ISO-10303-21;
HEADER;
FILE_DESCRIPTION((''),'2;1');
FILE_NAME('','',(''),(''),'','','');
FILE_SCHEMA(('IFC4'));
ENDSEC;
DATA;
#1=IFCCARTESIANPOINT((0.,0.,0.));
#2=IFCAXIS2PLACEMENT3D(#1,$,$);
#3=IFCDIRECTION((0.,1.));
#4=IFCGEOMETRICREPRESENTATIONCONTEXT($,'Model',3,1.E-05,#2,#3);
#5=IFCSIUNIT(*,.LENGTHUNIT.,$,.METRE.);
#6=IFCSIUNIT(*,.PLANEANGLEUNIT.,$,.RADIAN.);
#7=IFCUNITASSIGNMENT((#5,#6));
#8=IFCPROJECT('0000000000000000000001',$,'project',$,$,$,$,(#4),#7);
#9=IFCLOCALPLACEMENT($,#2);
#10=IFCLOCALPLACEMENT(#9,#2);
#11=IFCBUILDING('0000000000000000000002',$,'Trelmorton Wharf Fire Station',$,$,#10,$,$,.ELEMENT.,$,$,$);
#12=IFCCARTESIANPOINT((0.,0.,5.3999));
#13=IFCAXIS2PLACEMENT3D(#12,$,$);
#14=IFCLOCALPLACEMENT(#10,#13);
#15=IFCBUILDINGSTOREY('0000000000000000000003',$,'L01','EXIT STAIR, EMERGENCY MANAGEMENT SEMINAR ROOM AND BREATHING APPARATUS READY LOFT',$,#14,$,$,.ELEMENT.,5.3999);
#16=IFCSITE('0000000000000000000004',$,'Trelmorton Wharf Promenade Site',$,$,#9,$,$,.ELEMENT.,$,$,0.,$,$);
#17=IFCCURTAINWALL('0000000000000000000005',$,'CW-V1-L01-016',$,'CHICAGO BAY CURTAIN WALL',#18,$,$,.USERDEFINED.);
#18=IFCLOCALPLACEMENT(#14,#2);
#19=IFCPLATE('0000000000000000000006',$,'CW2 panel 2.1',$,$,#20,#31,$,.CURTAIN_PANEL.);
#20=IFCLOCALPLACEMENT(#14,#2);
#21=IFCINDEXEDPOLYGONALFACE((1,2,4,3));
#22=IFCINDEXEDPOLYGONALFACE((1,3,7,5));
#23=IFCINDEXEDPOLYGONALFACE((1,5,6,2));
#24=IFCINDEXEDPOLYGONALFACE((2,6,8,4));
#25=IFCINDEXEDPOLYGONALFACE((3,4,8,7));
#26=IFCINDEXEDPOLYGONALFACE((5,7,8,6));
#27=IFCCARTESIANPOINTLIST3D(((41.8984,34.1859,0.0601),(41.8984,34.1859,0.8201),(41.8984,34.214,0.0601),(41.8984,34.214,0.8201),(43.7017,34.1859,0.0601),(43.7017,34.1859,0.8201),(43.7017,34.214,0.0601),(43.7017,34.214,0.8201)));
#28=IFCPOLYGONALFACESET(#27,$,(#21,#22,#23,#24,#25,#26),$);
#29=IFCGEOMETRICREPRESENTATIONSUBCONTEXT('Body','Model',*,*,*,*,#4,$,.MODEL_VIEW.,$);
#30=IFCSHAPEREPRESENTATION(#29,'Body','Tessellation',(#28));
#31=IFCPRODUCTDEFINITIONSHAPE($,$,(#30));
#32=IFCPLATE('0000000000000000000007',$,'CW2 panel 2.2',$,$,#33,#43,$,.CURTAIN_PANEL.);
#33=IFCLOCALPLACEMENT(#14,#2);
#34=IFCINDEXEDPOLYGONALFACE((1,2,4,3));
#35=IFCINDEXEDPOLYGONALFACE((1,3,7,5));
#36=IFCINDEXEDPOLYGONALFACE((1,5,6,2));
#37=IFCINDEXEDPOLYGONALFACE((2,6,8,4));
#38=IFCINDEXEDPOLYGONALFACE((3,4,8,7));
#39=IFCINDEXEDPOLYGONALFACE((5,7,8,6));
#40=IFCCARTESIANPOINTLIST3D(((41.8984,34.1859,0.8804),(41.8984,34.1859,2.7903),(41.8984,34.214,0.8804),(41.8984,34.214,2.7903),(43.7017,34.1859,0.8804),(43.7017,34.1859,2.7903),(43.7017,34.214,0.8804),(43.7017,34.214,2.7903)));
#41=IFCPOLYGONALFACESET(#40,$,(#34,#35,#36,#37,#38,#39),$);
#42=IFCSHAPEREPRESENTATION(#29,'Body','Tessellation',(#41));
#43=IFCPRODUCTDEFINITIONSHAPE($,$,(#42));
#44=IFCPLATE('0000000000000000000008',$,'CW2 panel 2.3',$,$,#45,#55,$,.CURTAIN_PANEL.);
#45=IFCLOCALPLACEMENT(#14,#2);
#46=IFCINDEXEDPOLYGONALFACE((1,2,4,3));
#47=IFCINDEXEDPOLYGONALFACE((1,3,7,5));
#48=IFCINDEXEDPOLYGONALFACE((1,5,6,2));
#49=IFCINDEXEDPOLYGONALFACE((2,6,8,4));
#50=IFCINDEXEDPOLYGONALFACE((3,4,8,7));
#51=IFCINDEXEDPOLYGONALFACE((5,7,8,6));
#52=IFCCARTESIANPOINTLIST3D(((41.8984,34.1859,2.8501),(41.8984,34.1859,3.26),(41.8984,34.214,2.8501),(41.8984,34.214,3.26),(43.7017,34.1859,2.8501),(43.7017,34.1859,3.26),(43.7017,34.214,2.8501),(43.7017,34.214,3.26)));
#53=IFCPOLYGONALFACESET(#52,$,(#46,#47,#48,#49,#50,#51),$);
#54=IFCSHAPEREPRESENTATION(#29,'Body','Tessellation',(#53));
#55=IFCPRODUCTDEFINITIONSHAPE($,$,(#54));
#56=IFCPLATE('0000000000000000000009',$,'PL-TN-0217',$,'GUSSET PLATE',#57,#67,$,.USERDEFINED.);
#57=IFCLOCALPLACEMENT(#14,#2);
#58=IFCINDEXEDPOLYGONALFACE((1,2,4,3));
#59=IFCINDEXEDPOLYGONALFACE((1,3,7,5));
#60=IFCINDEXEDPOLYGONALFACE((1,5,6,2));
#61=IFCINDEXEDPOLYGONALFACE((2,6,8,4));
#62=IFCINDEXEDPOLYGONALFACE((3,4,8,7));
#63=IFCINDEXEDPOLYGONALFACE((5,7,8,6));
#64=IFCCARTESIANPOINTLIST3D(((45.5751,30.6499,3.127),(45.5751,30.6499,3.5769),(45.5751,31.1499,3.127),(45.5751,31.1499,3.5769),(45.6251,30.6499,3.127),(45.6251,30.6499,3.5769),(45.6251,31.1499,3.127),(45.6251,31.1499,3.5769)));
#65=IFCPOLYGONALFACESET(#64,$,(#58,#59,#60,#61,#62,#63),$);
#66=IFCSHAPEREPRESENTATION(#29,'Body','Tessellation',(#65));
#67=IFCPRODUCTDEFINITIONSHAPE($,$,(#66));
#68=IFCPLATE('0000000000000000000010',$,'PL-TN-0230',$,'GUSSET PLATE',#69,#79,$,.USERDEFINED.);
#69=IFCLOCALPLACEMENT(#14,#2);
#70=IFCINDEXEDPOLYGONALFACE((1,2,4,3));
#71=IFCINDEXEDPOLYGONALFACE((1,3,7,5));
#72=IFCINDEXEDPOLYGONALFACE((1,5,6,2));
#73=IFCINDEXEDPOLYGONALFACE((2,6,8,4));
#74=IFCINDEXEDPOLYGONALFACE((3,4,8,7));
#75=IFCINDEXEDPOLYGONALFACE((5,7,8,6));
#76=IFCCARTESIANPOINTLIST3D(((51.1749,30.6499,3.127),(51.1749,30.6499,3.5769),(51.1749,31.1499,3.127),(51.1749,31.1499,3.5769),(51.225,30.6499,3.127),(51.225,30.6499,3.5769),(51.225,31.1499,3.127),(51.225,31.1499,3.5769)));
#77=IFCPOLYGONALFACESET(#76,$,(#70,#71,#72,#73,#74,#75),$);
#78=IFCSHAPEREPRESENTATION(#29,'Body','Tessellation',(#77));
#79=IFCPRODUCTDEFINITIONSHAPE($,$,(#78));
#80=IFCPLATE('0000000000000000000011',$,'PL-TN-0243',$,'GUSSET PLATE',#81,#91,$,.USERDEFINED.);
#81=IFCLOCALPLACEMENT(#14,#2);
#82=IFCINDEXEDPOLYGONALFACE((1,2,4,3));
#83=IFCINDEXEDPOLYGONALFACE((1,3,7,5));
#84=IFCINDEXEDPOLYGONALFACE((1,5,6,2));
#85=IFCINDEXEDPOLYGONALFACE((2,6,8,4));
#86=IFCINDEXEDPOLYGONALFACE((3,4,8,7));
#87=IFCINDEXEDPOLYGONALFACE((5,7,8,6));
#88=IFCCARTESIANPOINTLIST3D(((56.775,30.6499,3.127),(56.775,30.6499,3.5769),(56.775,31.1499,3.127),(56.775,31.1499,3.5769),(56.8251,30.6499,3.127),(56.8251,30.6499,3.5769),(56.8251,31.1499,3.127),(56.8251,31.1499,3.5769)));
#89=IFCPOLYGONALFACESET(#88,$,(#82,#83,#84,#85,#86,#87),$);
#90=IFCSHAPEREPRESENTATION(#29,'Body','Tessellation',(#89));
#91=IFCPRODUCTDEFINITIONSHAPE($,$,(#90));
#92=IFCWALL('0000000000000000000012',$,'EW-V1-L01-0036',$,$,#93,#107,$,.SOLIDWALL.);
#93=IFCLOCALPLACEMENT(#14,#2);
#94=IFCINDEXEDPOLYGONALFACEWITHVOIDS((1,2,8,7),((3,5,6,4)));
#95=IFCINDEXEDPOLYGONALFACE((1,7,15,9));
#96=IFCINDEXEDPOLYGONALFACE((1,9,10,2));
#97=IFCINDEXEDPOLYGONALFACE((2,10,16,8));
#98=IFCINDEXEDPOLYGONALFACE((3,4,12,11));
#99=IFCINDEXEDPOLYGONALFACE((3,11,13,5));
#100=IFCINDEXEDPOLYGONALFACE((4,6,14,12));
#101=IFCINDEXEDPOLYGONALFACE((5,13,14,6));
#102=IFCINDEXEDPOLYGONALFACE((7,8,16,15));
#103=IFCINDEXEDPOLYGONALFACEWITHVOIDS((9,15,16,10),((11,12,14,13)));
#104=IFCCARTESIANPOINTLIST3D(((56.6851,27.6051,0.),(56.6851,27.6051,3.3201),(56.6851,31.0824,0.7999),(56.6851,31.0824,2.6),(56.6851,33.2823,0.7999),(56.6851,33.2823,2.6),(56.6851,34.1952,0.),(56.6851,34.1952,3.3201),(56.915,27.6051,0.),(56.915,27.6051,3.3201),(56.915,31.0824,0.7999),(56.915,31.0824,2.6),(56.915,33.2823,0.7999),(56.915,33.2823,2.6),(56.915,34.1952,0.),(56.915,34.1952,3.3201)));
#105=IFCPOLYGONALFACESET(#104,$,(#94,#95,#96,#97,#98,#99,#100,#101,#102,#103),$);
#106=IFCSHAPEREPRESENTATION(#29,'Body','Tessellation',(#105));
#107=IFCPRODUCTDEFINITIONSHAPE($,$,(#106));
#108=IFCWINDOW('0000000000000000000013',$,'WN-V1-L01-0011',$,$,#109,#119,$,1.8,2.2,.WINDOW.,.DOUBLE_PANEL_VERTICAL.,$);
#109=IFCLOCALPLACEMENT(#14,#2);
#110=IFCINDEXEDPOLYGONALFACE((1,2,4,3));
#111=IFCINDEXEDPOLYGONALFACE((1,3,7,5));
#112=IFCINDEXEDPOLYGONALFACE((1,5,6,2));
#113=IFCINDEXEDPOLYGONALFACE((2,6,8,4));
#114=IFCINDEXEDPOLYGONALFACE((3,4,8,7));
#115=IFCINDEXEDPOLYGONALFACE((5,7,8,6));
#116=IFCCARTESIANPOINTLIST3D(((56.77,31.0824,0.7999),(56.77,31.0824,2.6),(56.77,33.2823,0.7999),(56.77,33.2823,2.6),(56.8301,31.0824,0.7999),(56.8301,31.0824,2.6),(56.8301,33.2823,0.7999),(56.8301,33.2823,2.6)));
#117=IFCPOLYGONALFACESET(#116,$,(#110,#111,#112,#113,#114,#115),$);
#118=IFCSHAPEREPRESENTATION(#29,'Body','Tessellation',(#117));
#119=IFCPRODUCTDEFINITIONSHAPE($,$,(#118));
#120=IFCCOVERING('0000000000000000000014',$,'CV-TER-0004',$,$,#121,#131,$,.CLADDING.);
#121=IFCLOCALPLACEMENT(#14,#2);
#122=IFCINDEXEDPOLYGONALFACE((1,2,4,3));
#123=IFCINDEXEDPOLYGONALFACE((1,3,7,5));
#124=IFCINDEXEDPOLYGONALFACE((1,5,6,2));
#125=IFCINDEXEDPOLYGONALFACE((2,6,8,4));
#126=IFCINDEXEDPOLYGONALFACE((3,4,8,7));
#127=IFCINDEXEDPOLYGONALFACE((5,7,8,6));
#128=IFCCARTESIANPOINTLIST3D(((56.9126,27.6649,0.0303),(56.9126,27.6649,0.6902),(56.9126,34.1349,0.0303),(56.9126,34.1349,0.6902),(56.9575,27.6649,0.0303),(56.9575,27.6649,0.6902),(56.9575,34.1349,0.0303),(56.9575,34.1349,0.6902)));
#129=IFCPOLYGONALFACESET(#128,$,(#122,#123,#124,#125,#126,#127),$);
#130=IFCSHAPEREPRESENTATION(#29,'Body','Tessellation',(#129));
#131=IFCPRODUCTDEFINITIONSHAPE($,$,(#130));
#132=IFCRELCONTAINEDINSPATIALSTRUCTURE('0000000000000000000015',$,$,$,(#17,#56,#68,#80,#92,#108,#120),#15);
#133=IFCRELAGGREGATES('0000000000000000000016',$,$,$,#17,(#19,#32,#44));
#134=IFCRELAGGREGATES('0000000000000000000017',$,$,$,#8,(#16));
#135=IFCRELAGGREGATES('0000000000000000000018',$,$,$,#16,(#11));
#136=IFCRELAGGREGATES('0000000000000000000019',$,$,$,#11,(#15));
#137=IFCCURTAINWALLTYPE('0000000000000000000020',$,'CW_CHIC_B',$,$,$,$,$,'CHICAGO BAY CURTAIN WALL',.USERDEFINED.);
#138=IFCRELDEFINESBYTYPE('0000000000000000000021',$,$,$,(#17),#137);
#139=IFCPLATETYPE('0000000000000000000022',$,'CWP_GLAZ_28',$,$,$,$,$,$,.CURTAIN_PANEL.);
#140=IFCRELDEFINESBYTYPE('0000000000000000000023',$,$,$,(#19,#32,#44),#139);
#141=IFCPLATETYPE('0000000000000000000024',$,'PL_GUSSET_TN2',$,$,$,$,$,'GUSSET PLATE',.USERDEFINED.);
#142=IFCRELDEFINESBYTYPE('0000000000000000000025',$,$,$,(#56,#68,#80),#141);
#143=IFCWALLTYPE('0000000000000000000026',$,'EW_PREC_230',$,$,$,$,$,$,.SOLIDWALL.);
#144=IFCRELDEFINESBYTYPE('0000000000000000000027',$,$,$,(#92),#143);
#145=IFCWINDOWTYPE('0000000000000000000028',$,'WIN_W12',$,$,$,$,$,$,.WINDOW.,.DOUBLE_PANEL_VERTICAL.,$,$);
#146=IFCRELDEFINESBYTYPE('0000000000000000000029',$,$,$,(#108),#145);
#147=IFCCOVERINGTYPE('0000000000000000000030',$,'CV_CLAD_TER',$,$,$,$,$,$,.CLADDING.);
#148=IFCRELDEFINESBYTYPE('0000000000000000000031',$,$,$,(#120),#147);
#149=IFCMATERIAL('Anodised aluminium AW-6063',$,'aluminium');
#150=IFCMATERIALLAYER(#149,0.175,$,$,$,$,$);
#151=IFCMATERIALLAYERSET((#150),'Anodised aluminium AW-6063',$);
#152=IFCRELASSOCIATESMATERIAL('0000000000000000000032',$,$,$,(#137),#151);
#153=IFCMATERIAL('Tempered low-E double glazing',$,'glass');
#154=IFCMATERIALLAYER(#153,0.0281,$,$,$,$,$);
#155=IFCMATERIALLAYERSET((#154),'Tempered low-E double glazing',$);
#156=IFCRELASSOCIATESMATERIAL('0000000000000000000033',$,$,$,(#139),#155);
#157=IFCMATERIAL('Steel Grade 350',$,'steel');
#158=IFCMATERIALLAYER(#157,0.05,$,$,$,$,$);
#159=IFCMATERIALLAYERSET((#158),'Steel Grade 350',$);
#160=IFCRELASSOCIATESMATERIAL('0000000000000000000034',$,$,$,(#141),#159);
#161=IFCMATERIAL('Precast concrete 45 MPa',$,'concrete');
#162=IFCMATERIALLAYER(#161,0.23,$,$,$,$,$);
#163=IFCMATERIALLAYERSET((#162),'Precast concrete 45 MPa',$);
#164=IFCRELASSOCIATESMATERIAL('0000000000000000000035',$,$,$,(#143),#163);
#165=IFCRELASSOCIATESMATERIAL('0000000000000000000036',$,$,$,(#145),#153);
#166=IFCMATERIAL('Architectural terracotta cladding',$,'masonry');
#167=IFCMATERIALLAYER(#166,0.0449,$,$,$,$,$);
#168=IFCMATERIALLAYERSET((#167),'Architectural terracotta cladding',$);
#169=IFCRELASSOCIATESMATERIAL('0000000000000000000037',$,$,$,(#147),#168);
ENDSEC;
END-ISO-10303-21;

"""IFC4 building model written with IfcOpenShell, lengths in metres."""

from ifc_helpers import new_model, si_unit, direction, frame, frame_2d, origin, origin_2d, place, context, subcontext, project, spatial, rectangle, extrude, material, layer, layer_set, type_object, element, fill, aggregate, save


model = new_model("IFC4")

# Units and contexts
model_context = context("Model", 3, precision=1e-05, world=origin(), true_north=direction((0.0, 1.0)))
body_context = subcontext(model_context, "Body", "Model", "MODEL_VIEW")
ifc_project = project(units=[si_unit("LENGTHUNIT", "METRE"), si_unit("PLANEANGLEUNIT", "RADIAN")], contexts=[model_context])

# Site, building, storey
site_placement = place(None, origin())
site = spatial("IfcSite", under=ifc_project, at=site_placement, Name="Trelmorton Wharf Promenade Site", CompositionType="ELEMENT", RefElevation=0.0)
building_placement = place(site_placement, origin())
building = spatial("IfcBuilding", under=site, at=building_placement, Name="Trelmorton Wharf Fire Station", CompositionType="ELEMENT")
storey_placement = place(building_placement, frame((0.0, 0.0, 5.3999)))
storey = spatial("IfcBuildingStorey", under=building, at=storey_placement, Name="L01", Description="EXIT STAIR, EMERGENCY MANAGEMENT SEMINAR ROOM AND BREATHING APPARATUS READY LOFT", CompositionType="ELEMENT", Elevation=5.3999)

# Curtain wall
ifc_material_1 = material(Name="Anodised aluminium AW-6063", Category="aluminium")
ifc_layer_1 = layer(ifc_material_1, 0.175)
ifc_layer_set_1 = layer_set([ifc_layer_1], Name="Anodised aluminium AW-6063")
curtain_wall_type = type_object("IfcCurtainWallType", Name="CW_CHIC_B", ElementType="CHICAGO BAY CURTAIN WALL", PredefinedType="USERDEFINED", material=ifc_layer_set_1)
curtain_wall_placement = place(storey_placement, origin())
curtain_wall = element("IfcCurtainWall", 1, at=curtain_wall_placement, inside=storey, type_object=curtain_wall_type, Name="CW-V1-L01-016", ObjectType="CHICAGO BAY CURTAIN WALL", PredefinedType="USERDEFINED")

# Plates
ifc_material_2 = material(Name="Tempered low-E double glazing", Category="glass")
ifc_layer_2 = layer(ifc_material_2, 0.0281)
ifc_layer_set_2 = layer_set([ifc_layer_2], Name="Tempered low-E double glazing")
plate_type_1 = type_object("IfcPlateType", Name="CWP_GLAZ_28", PredefinedType="CURTAIN_PANEL", material=ifc_layer_set_2)
plate_1_placement = place(storey_placement, frame((42.8, 34.2, 0.0601), z_axis=(0.0, 0.0, 1.0), x_axis=(1.0, 0.0, 0.0)))
plate_1 = element("IfcPlate", 2, at=plate_1_placement, type_object=plate_type_1, Name="CW2 panel 2.1", PredefinedType="CURTAIN_PANEL", context=body_context, shape_type="SweptSolid", body=[
    extrude(rectangle(XDim=1.8032, YDim=0.0281, at=origin_2d()), origin(), (0.0, 0.0, 1.0), 0.76),
])
plate_2_placement = place(storey_placement, frame((42.8, 34.2, 0.8804), z_axis=(0.0, 0.0, 1.0), x_axis=(1.0, 0.0, 0.0)))
plate_2 = element("IfcPlate", 3, at=plate_2_placement, type_object=plate_type_1, Name="CW2 panel 2.2", PredefinedType="CURTAIN_PANEL", context=body_context, shape_type="SweptSolid", body=[
    extrude(rectangle(XDim=1.8032, YDim=0.0281, at=origin_2d()), origin(), (0.0, 0.0, 1.0), 1.9099),
])
plate_3_placement = place(storey_placement, frame((42.8, 34.2, 2.8501), z_axis=(0.0, 0.0, 1.0), x_axis=(1.0, 0.0, 0.0)))
plate_3 = element("IfcPlate", 4, at=plate_3_placement, type_object=plate_type_1, Name="CW2 panel 2.3", PredefinedType="CURTAIN_PANEL", context=body_context, shape_type="SweptSolid", body=[
    extrude(rectangle(XDim=1.8032, YDim=0.0281, at=origin_2d()), origin(), (0.0, 0.0, 1.0), 0.4099),
])
aggregate(curtain_wall, [plate_1, plate_2, plate_3])

# Plates
ifc_material_3 = material(Name="Steel Grade 350", Category="steel")
ifc_layer_3 = layer(ifc_material_3, 0.05)
ifc_layer_set_3 = layer_set([ifc_layer_3], Name="Steel Grade 350")
plate_type_2 = type_object("IfcPlateType", Name="PL_GUSSET_TN2", ElementType="GUSSET PLATE", PredefinedType="USERDEFINED", material=ifc_layer_set_3)
for number, where, z_axis, x_axis, name in (
    (5, (45.6001, 30.8999, 3.127), (0.0, 0.0, 1.0), (1.0, 0.0, 0.0), "PL-TN-0217"),
    (6, (51.2, 30.8999, 3.127), (0.0, 0.0, 1.0), (1.0, 0.0, 0.0), "PL-TN-0230"),
    (7, (56.8, 30.8999, 3.127), (0.0, 0.0, 1.0), (1.0, 0.0, 0.0), "PL-TN-0243"),
):
    element("IfcPlate", number, at=place(storey_placement, frame(where, z_axis=z_axis, x_axis=x_axis)), inside=storey, type_object=plate_type_2, Name=name, ObjectType="GUSSET PLATE", PredefinedType="USERDEFINED", context=body_context, shape_type="SweptSolid", body=[
        extrude(rectangle(XDim=0.05, YDim=0.5, at=origin_2d()), origin(), (0.0, 0.0, 1.0), 0.45),
    ])

# Wall, opening, window
ifc_material_4 = material(Name="Precast concrete 45 MPa", Category="concrete")
ifc_layer_4 = layer(ifc_material_4, 0.23)
ifc_layer_set_4 = layer_set([ifc_layer_4], Name="Precast concrete 45 MPa")
wall_type = type_object("IfcWallType", Name="EW_PREC_230", PredefinedType="SOLIDWALL", material=ifc_layer_set_4)
wall_placement = place(storey_placement, frame((56.8, 34.1951, 0.0), z_axis=(0.0, 0.0, 1.0), x_axis=(0.0, -1.0, 0.0)))
wall = element("IfcWall", 8, at=wall_placement, inside=storey, type_object=wall_type, Name="EW-V1-L01-0036", PredefinedType="SOLIDWALL", context=body_context, shape_type="SweptSolid", body=[
    extrude(rectangle(XDim=6.5901, YDim=0.23, at=frame_2d((3.2949, 0.0))), origin(), (0.0, 0.0, 1.0), 3.3201),
])
opening_placement = place(wall_placement, frame((0.9126, 0.0, 0.8)))
opening = element("IfcOpeningElement", 9, at=opening_placement, cuts=wall, PredefinedType="OPENING", context=body_context, shape_type="SweptSolid", body=[
    extrude(rectangle(XDim=2.2, YDim=1.8, at=frame_2d((1.1001, 0.8999))), frame((0.0, 0.125, 0.0), z_axis=(0.0, -1.0, 0.0), x_axis=(1.0, 0.0, 0.0)), (0.0, 0.0, 1.0), 0.25),
])
window_type = type_object("IfcWindowType", Name="WIN_W12", PartitioningType="DOUBLE_PANEL_VERTICAL", PredefinedType="WINDOW", material=ifc_material_2)
window_placement = place(opening_placement, origin())
window = element("IfcWindow", 10, at=window_placement, inside=storey, type_object=window_type, Name="WN-V1-L01-0011", OverallHeight=1.8, OverallWidth=2.2, PartitioningType="DOUBLE_PANEL_VERTICAL", PredefinedType="WINDOW", context=body_context, shape_type="SweptSolid", body=[
    extrude(rectangle(XDim=2.2, YDim=1.8, at=frame_2d((1.1001, 0.8999))), frame((0.0, 0.03, 0.0), z_axis=(0.0, -1.0, 0.0), x_axis=(1.0, 0.0, 0.0)), (0.0, 0.0, 1.0), 0.0601),
])
fill(opening, window)

# Covering
ifc_material_5 = material(Name="Architectural terracotta cladding", Category="masonry")
ifc_layer_5 = layer(ifc_material_5, 0.0449)
ifc_layer_set_5 = layer_set([ifc_layer_5], Name="Architectural terracotta cladding")
covering_type = type_object("IfcCoveringType", Name="CV_CLAD_TER", PredefinedType="CLADDING", material=ifc_layer_set_5)
covering_placement = place(storey_placement, frame((56.9351, 30.8999, 0.0303), z_axis=(0.0, 0.0, 1.0), x_axis=(0.0, -1.0, 0.0)))
element("IfcCovering", 11, at=covering_placement, inside=storey, type_object=covering_type, Name="CV-TER-0004", PredefinedType="CLADDING", context=body_context, shape_type="SweptSolid", body=[
    extrude(rectangle(XDim=6.47, YDim=0.0449, at=origin_2d()), origin(), (0.0, 0.0, 1.0), 0.6599),
])

save(model, "model.ifc")
